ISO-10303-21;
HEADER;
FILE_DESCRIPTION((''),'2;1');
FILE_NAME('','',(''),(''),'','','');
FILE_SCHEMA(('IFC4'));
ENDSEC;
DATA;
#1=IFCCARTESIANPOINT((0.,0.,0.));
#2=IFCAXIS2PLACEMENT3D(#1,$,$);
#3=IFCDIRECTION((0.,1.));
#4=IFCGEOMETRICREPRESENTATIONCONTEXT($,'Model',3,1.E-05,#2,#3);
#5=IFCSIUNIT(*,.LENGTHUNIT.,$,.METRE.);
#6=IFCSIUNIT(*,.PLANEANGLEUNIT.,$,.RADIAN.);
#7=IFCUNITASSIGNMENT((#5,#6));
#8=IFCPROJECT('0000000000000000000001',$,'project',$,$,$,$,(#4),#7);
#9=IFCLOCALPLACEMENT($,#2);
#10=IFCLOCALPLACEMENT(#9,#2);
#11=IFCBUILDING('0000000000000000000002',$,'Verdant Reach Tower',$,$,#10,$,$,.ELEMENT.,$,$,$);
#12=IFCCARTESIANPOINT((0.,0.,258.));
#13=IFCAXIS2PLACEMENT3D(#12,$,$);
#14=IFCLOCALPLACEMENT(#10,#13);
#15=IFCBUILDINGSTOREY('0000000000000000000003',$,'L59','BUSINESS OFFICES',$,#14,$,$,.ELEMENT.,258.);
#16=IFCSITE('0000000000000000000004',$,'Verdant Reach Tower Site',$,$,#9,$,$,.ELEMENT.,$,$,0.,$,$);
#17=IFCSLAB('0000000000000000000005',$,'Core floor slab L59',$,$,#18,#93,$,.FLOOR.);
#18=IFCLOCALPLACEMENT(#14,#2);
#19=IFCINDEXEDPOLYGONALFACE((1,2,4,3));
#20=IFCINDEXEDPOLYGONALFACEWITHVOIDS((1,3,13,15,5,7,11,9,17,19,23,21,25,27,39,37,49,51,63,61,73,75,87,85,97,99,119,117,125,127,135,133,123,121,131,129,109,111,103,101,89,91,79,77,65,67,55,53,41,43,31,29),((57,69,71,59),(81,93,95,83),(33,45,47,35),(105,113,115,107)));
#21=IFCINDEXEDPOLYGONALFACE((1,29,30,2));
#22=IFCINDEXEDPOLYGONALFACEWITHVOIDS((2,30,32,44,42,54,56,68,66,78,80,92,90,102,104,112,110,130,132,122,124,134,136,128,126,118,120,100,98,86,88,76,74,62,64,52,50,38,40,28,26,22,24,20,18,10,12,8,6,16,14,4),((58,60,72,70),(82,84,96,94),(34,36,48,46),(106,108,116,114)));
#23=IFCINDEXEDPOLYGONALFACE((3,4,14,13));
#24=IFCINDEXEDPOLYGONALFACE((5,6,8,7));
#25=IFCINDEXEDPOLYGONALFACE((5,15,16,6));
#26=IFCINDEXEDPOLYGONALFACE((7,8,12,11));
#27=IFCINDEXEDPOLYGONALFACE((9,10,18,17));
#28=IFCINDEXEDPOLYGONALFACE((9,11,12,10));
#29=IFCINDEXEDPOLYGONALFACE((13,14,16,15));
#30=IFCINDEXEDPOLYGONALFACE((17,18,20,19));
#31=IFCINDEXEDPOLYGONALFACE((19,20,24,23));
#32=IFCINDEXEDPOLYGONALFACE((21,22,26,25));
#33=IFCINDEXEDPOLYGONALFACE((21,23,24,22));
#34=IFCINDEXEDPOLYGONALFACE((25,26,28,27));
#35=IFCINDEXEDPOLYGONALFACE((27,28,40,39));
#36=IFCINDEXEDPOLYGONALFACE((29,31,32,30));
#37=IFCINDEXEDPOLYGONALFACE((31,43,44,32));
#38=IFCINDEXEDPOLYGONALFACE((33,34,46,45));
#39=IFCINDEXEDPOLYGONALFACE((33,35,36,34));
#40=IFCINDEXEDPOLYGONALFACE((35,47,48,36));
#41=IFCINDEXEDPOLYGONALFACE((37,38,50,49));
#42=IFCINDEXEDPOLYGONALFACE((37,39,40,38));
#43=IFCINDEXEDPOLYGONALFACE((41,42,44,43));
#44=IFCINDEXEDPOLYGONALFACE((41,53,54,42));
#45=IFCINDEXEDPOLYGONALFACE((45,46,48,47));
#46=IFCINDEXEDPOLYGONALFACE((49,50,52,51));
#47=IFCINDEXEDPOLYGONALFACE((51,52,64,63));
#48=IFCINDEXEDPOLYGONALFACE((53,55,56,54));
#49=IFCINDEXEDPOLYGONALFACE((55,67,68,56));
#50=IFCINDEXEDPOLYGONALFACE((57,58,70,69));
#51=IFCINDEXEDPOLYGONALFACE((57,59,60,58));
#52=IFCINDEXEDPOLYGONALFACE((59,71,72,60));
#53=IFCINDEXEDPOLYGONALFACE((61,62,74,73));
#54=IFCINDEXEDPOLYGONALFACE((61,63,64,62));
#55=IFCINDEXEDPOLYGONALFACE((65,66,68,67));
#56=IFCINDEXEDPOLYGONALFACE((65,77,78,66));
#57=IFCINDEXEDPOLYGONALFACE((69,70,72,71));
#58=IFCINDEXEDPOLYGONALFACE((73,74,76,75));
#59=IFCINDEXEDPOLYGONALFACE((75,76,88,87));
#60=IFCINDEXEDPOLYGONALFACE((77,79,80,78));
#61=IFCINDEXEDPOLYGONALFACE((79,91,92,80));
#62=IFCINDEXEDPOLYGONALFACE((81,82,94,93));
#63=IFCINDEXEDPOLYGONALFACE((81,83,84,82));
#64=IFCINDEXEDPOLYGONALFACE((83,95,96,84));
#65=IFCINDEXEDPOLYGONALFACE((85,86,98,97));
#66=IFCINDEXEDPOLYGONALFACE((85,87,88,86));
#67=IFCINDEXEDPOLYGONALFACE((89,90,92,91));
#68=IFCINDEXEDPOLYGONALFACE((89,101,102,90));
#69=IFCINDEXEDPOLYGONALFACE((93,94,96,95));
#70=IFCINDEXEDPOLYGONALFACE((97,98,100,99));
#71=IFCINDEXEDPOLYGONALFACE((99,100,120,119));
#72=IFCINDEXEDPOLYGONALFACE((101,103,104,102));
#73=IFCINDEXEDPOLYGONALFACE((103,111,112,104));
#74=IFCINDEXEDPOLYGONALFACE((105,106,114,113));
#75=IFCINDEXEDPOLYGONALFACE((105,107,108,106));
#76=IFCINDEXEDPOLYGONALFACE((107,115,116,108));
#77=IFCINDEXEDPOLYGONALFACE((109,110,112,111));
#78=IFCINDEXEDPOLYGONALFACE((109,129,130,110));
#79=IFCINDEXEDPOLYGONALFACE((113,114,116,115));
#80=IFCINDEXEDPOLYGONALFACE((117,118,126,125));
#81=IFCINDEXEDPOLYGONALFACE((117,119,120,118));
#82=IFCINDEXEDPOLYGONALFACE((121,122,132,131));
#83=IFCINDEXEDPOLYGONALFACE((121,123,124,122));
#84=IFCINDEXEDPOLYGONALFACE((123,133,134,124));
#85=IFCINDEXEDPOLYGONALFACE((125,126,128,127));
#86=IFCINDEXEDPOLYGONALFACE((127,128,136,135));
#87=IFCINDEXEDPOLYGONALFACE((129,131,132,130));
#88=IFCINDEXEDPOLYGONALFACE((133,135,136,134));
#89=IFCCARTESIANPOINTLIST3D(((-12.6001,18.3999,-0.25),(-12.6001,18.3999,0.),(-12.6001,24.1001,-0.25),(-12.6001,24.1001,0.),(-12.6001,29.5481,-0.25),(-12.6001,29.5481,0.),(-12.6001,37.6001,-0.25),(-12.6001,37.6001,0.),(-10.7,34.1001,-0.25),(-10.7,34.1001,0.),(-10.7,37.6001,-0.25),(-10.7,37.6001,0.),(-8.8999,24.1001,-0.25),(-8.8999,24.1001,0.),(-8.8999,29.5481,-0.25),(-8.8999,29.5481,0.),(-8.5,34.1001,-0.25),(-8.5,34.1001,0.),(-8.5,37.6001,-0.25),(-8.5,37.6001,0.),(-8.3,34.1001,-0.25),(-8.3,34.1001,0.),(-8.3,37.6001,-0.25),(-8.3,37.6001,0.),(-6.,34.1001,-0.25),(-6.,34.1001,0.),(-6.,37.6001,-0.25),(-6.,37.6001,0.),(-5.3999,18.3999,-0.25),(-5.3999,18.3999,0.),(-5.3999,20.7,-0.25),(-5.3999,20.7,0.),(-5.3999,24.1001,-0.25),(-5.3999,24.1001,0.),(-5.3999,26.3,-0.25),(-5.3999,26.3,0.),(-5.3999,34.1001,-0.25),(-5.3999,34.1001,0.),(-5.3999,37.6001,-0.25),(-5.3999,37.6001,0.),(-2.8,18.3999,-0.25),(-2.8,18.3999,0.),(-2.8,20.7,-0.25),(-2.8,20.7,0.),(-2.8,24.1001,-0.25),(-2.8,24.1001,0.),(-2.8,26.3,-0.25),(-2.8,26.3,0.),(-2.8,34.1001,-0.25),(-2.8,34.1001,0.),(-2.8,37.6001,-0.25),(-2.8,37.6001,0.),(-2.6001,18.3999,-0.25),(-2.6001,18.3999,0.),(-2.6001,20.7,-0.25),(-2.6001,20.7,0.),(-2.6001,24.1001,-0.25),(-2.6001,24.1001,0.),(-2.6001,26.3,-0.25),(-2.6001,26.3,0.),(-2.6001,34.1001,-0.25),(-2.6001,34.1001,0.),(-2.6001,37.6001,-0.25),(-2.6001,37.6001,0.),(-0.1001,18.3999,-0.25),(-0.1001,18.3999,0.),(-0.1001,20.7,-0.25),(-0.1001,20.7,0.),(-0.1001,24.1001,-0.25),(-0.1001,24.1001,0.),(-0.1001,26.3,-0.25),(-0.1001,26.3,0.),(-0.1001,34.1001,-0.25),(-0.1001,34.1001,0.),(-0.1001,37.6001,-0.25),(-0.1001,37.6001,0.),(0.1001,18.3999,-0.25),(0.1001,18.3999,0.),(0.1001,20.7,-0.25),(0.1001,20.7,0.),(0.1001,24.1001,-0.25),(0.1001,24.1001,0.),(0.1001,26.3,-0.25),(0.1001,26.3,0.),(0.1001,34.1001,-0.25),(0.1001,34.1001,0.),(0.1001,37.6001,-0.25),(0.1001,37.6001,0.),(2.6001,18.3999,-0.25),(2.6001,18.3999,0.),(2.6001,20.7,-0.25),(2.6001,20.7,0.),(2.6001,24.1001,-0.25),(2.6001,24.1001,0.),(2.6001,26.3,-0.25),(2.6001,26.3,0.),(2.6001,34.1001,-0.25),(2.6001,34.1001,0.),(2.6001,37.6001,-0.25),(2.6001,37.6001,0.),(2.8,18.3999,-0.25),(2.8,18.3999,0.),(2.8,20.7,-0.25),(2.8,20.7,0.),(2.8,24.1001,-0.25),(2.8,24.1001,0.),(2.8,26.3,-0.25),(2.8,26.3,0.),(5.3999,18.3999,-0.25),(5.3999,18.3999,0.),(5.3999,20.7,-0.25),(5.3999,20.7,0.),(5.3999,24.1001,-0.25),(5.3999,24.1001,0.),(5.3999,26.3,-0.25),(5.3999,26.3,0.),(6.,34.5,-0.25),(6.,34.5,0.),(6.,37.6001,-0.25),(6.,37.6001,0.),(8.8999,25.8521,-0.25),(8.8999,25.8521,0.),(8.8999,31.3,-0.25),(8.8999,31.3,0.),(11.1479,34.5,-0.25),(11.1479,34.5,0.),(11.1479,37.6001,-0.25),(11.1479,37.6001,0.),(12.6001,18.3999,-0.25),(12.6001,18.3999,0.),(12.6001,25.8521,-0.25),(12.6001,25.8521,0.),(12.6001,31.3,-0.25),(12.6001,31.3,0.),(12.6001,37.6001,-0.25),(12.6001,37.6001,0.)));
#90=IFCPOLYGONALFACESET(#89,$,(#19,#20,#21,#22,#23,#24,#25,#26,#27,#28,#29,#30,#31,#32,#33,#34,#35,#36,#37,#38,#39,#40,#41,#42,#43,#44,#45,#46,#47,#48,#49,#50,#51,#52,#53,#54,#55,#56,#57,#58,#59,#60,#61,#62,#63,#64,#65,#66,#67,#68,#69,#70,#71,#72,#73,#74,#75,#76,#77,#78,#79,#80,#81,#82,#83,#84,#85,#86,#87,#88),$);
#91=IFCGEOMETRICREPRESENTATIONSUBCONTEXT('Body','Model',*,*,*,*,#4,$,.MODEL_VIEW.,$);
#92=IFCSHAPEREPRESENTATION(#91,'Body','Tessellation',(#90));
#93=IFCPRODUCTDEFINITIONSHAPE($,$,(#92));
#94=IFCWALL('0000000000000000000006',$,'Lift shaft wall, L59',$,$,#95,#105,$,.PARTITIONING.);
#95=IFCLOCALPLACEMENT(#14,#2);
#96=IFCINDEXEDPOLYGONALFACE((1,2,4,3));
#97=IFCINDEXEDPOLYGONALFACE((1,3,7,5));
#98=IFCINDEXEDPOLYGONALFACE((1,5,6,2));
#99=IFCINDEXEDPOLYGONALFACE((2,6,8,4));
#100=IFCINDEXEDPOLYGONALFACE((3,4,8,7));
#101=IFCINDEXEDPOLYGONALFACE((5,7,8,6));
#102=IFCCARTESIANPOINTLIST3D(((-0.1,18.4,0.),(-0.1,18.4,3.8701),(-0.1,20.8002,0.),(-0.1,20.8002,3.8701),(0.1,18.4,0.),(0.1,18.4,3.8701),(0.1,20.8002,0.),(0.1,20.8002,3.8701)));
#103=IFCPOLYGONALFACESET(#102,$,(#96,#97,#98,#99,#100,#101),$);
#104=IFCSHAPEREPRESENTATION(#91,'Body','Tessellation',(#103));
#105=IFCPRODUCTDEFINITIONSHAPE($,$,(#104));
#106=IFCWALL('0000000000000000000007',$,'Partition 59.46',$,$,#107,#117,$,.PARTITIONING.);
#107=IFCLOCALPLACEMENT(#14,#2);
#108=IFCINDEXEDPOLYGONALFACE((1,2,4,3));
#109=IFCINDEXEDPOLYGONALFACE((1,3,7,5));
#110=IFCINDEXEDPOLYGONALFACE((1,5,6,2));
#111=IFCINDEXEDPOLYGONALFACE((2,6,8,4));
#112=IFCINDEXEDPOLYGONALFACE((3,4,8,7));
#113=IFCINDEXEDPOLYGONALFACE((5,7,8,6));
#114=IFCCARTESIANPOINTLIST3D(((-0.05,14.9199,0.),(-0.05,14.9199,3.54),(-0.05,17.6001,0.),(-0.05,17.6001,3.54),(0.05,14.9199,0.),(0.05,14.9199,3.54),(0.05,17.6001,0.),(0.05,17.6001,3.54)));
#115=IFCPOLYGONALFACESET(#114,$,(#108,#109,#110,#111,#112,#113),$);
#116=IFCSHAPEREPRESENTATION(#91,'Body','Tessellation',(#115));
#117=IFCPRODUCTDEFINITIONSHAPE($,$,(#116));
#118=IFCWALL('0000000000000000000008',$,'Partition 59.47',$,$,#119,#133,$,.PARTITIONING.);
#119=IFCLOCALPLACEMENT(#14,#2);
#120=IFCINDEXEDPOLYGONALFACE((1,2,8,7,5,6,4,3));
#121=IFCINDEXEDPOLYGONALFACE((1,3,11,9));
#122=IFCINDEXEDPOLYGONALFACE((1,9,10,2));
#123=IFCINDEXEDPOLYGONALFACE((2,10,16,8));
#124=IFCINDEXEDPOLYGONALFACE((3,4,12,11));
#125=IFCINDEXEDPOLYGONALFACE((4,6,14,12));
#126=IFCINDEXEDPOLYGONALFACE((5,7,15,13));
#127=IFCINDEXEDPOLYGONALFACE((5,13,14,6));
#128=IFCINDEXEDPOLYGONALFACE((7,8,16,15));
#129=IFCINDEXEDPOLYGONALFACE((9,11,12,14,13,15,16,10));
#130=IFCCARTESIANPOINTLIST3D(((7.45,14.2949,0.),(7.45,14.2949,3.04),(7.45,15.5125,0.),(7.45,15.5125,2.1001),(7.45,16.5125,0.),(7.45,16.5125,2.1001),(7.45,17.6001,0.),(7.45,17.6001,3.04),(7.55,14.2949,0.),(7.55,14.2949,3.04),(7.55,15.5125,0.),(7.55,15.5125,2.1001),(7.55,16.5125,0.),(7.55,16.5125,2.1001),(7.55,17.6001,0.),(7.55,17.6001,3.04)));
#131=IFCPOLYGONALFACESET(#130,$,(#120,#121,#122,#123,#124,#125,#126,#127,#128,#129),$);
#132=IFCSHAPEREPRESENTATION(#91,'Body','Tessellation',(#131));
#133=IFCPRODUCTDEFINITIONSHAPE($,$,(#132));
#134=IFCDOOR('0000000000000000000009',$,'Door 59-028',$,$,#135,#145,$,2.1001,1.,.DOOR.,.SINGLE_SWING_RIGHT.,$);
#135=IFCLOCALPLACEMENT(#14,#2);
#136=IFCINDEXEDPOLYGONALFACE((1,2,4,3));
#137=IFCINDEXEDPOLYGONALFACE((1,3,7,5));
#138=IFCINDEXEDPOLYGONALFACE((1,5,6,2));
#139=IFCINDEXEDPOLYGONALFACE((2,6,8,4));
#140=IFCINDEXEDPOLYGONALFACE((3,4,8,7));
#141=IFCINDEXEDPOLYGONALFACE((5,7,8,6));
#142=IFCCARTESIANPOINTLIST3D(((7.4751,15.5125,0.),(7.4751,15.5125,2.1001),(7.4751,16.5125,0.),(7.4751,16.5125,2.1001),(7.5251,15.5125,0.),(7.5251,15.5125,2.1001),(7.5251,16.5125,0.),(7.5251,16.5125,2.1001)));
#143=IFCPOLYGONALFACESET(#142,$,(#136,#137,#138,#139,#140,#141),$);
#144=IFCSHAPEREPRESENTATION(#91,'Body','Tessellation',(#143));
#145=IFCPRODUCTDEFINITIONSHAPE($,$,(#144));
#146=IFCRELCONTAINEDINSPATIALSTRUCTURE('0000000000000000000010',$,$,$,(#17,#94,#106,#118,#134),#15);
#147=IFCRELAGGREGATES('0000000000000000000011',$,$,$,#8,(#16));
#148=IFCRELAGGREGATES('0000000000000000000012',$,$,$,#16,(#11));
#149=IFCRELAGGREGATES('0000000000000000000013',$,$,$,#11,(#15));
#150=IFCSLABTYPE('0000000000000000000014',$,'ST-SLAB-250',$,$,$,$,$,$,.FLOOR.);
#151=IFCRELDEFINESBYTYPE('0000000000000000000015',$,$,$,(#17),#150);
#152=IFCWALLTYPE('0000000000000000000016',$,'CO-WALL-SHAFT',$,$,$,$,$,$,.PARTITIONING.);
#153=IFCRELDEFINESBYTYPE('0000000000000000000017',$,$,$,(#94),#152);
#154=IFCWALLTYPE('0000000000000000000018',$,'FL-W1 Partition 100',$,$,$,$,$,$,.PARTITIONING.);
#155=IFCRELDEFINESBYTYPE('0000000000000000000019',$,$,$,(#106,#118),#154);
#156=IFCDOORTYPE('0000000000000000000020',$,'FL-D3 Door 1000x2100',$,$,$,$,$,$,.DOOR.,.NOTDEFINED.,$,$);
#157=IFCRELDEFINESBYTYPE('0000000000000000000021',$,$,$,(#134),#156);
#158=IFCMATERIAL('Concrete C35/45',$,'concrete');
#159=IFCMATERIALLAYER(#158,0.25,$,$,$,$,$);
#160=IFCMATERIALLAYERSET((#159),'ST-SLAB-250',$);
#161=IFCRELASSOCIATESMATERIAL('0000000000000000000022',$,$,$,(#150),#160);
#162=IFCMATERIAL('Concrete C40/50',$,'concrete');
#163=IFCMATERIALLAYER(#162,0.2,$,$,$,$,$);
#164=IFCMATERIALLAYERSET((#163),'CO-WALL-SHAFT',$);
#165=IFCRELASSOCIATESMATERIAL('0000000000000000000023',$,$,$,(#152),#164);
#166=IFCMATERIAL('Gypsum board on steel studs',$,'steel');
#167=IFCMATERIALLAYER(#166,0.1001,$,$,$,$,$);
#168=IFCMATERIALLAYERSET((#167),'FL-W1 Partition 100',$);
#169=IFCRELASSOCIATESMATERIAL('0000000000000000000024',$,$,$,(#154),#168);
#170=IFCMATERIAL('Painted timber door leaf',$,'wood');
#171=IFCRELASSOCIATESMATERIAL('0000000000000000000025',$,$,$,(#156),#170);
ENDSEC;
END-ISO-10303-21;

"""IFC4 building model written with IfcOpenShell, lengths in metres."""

from ifc_helpers import new_model, si_unit, direction, frame, frame_2d, origin, place, context, subcontext, project, spatial, polyline, rectangle, outline, extrude, material, layer, layer_set, type_object, element, fill, save


model = new_model("IFC4")

# Units and contexts
model_context = context("Model", 3, precision=1e-05, world=origin(), true_north=direction((0.0, 1.0)))
body_context = subcontext(model_context, "Body", "Model", "MODEL_VIEW")
ifc_project = project(units=[si_unit("LENGTHUNIT", "METRE"), si_unit("PLANEANGLEUNIT", "RADIAN")], contexts=[model_context])

# Site, building, storey
site_placement = place(None, origin())
site = spatial("IfcSite", under=ifc_project, at=site_placement, Name="Verdant Reach Tower Site", CompositionType="ELEMENT", RefElevation=0.0)
building_placement = place(site_placement, origin())
building = spatial("IfcBuilding", under=site, at=building_placement, Name="Verdant Reach Tower", CompositionType="ELEMENT")
storey_placement = place(building_placement, frame((0.0, 0.0, 258.0)))
storey = spatial("IfcBuildingStorey", under=building, at=storey_placement, Name="L59", Description="BUSINESS OFFICES", CompositionType="ELEMENT", Elevation=258.0)

# Shared definitions
ifc_material_1 = material(Name="Concrete C40/50", Category="concrete")

# Slab
ifc_material_2 = material(Name="Concrete C35/45", Category="concrete")
ifc_layer_1 = layer(ifc_material_2, 0.25)
ifc_layer_set_1 = layer_set([ifc_layer_1], Name="ST-SLAB-250")
slab_type_1 = type_object("IfcSlabType", Name="ST-SLAB-250", PredefinedType="FLOOR", material=ifc_layer_set_1)
slab_1_placement = place(storey_placement, frame((0.0, 0.0, -0.25)))
element("IfcSlab", 1, at=slab_1_placement, inside=storey, type_object=slab_type_1, Name="Core floor slab L59", PredefinedType="FLOOR", context=body_context, shape_type="SweptSolid", body=[
    extrude(outline(polyline([(12.6001, 18.3999), (5.3999, 18.3999), (5.3999, 20.7), (2.8, 20.7), (2.8, 18.3999), (2.6001, 18.3999), (2.6001, 20.7), (0.1001, 20.7), (0.1001, 18.3999), (-0.1001, 18.3999), (-0.1001, 20.7), (-2.6001, 20.7), (-2.6001, 18.3999), (-2.8, 18.3999), (-2.8, 20.7), (-5.3999, 20.7), (-5.3999, 18.3999), (-12.6001, 18.3999), (-12.6001, 24.1001), (-8.8999, 24.1001), (-8.8999, 29.5481), (-12.6001, 29.5481), (-12.6001, 37.6001), (-10.7, 37.6001), (-10.7, 34.1001), (-8.5, 34.1001), (-8.5, 37.6001), (-8.3, 37.6001), (-8.3, 34.1001), (-6.0, 34.1001), (-6.0, 37.6001), (-5.3999, 37.6001), (-5.3999, 34.1001), (-2.8, 34.1001), (-2.8, 37.6001), (-2.6001, 37.6001), (-2.6001, 34.1001), (-0.1001, 34.1001), (-0.1001, 37.6001), (0.1001, 37.6001), (0.1001, 34.1001), (2.6001, 34.1001), (2.6001, 37.6001), (6.0, 37.6001), (6.0, 34.5), (11.1479, 34.5), (11.1479, 37.6001), (12.6001, 37.6001), (12.6001, 31.3), (8.8999, 31.3), (8.8999, 25.8521), (12.6001, 25.8521), (12.6001, 18.3999)]), holes=[polyline([(-2.8, 24.1001), (-2.8, 26.3), (-5.3999, 26.3), (-5.3999, 24.1001), (-2.8, 24.1001)]), polyline([(-0.1001, 24.1001), (-0.1001, 26.3), (-2.6001, 26.3), (-2.6001, 24.1001), (-0.1001, 24.1001)]), polyline([(2.6001, 24.1001), (2.6001, 26.3), (0.1001, 26.3), (0.1001, 24.1001), (2.6001, 24.1001)]), polyline([(5.3999, 24.1001), (5.3999, 26.3), (2.8, 26.3), (2.8, 24.1001), (5.3999, 24.1001)])]), origin(), (0.0, 0.0, 1.0), 0.25),
])

# Walls
ifc_layer_2 = layer(ifc_material_1, 0.2)
ifc_layer_set_2 = layer_set([ifc_layer_2], Name="CO-WALL-SHAFT")
wall_type_1 = type_object("IfcWallType", Name="CO-WALL-SHAFT", PredefinedType="PARTITIONING", material=ifc_layer_set_2)
wall_1_placement = place(storey_placement, frame((0.0, 18.3999, 0.0), z_axis=(0.0, 0.0, 1.0), x_axis=(0.0, 1.0, 0.0)))
element("IfcWall", 2, at=wall_1_placement, inside=storey, type_object=wall_type_1, Name="Lift shaft wall, L59", PredefinedType="PARTITIONING", context=body_context, shape_type="SweptSolid", body=[
    extrude(rectangle(XDim=2.4001, YDim=0.2, at=frame_2d((1.2002, 0.0))), origin(), (0.0, 0.0, 1.0), 3.8701),
])
ifc_material_3 = material(Name="Gypsum board on steel studs", Category="steel")
ifc_layer_3 = layer(ifc_material_3, 0.1001)
ifc_layer_set_3 = layer_set([ifc_layer_3], Name="FL-W1 Partition 100")
wall_type_2 = type_object("IfcWallType", Name="FL-W1 Partition 100", PredefinedType="PARTITIONING", material=ifc_layer_set_3)
wall_2_placement = place(storey_placement, frame((0.0, 14.9199, 0.0), z_axis=(0.0, 0.0, 1.0), x_axis=(0.0, 1.0, 0.0)))
element("IfcWall", 3, at=wall_2_placement, inside=storey, type_object=wall_type_2, Name="Partition 59.46", PredefinedType="PARTITIONING", context=body_context, shape_type="SweptSolid", body=[
    extrude(rectangle(XDim=2.6802, YDim=0.1001, at=frame_2d((1.3401, 0.0))), origin(), (0.0, 0.0, 1.0), 3.54),
])

# Wall, opening, door
wall_3_placement = place(storey_placement, frame((7.5, 14.2949, 0.0), z_axis=(0.0, 0.0, 1.0), x_axis=(0.0, 1.0, 0.0)))
wall_3 = element("IfcWall", 4, at=wall_3_placement, inside=storey, type_object=wall_type_2, Name="Partition 59.47", PredefinedType="PARTITIONING", context=body_context, shape_type="SweptSolid", body=[
    extrude(rectangle(XDim=3.3052, YDim=0.1001, at=frame_2d((1.6526, 0.0))), origin(), (0.0, 0.0, 1.0), 3.04),
])
opening_placement = place(wall_3_placement, frame((1.2175, 0.0, 0.0)))
opening = element("IfcOpeningElement", 5, at=opening_placement, cuts=wall_3, PredefinedType="OPENING", context=body_context, shape_type="SweptSolid", body=[
    extrude(rectangle(XDim=1.0, YDim=2.1001, at=frame_2d((0.5, 1.05))), frame((0.0, 0.0601, 0.0), z_axis=(0.0, -1.0, 0.0), x_axis=(1.0, 0.0, 0.0)), (0.0, 0.0, 1.0), 0.1201),
])
ifc_material_4 = material(Name="Painted timber door leaf", Category="wood")
door_type = type_object("IfcDoorType", Name="FL-D3 Door 1000x2100", OperationType="NOTDEFINED", PredefinedType="DOOR", material=ifc_material_4)
door_placement = place(opening_placement, origin())
door = element("IfcDoor", 6, at=door_placement, inside=storey, type_object=door_type, Name="Door 59-028", OperationType="SINGLE_SWING_RIGHT", OverallHeight=2.1001, OverallWidth=1.0, PredefinedType="DOOR", context=body_context, shape_type="SweptSolid", body=[
    extrude(rectangle(XDim=1.0, YDim=2.1001, at=frame_2d((0.5, 1.05))), frame((0.0, 0.0249, 0.0), z_axis=(0.0, -1.0, 0.0), x_axis=(1.0, 0.0, 0.0)), (0.0, 0.0, 1.0), 0.05),
])
fill(opening, door)

save(model, "model.ifc")
